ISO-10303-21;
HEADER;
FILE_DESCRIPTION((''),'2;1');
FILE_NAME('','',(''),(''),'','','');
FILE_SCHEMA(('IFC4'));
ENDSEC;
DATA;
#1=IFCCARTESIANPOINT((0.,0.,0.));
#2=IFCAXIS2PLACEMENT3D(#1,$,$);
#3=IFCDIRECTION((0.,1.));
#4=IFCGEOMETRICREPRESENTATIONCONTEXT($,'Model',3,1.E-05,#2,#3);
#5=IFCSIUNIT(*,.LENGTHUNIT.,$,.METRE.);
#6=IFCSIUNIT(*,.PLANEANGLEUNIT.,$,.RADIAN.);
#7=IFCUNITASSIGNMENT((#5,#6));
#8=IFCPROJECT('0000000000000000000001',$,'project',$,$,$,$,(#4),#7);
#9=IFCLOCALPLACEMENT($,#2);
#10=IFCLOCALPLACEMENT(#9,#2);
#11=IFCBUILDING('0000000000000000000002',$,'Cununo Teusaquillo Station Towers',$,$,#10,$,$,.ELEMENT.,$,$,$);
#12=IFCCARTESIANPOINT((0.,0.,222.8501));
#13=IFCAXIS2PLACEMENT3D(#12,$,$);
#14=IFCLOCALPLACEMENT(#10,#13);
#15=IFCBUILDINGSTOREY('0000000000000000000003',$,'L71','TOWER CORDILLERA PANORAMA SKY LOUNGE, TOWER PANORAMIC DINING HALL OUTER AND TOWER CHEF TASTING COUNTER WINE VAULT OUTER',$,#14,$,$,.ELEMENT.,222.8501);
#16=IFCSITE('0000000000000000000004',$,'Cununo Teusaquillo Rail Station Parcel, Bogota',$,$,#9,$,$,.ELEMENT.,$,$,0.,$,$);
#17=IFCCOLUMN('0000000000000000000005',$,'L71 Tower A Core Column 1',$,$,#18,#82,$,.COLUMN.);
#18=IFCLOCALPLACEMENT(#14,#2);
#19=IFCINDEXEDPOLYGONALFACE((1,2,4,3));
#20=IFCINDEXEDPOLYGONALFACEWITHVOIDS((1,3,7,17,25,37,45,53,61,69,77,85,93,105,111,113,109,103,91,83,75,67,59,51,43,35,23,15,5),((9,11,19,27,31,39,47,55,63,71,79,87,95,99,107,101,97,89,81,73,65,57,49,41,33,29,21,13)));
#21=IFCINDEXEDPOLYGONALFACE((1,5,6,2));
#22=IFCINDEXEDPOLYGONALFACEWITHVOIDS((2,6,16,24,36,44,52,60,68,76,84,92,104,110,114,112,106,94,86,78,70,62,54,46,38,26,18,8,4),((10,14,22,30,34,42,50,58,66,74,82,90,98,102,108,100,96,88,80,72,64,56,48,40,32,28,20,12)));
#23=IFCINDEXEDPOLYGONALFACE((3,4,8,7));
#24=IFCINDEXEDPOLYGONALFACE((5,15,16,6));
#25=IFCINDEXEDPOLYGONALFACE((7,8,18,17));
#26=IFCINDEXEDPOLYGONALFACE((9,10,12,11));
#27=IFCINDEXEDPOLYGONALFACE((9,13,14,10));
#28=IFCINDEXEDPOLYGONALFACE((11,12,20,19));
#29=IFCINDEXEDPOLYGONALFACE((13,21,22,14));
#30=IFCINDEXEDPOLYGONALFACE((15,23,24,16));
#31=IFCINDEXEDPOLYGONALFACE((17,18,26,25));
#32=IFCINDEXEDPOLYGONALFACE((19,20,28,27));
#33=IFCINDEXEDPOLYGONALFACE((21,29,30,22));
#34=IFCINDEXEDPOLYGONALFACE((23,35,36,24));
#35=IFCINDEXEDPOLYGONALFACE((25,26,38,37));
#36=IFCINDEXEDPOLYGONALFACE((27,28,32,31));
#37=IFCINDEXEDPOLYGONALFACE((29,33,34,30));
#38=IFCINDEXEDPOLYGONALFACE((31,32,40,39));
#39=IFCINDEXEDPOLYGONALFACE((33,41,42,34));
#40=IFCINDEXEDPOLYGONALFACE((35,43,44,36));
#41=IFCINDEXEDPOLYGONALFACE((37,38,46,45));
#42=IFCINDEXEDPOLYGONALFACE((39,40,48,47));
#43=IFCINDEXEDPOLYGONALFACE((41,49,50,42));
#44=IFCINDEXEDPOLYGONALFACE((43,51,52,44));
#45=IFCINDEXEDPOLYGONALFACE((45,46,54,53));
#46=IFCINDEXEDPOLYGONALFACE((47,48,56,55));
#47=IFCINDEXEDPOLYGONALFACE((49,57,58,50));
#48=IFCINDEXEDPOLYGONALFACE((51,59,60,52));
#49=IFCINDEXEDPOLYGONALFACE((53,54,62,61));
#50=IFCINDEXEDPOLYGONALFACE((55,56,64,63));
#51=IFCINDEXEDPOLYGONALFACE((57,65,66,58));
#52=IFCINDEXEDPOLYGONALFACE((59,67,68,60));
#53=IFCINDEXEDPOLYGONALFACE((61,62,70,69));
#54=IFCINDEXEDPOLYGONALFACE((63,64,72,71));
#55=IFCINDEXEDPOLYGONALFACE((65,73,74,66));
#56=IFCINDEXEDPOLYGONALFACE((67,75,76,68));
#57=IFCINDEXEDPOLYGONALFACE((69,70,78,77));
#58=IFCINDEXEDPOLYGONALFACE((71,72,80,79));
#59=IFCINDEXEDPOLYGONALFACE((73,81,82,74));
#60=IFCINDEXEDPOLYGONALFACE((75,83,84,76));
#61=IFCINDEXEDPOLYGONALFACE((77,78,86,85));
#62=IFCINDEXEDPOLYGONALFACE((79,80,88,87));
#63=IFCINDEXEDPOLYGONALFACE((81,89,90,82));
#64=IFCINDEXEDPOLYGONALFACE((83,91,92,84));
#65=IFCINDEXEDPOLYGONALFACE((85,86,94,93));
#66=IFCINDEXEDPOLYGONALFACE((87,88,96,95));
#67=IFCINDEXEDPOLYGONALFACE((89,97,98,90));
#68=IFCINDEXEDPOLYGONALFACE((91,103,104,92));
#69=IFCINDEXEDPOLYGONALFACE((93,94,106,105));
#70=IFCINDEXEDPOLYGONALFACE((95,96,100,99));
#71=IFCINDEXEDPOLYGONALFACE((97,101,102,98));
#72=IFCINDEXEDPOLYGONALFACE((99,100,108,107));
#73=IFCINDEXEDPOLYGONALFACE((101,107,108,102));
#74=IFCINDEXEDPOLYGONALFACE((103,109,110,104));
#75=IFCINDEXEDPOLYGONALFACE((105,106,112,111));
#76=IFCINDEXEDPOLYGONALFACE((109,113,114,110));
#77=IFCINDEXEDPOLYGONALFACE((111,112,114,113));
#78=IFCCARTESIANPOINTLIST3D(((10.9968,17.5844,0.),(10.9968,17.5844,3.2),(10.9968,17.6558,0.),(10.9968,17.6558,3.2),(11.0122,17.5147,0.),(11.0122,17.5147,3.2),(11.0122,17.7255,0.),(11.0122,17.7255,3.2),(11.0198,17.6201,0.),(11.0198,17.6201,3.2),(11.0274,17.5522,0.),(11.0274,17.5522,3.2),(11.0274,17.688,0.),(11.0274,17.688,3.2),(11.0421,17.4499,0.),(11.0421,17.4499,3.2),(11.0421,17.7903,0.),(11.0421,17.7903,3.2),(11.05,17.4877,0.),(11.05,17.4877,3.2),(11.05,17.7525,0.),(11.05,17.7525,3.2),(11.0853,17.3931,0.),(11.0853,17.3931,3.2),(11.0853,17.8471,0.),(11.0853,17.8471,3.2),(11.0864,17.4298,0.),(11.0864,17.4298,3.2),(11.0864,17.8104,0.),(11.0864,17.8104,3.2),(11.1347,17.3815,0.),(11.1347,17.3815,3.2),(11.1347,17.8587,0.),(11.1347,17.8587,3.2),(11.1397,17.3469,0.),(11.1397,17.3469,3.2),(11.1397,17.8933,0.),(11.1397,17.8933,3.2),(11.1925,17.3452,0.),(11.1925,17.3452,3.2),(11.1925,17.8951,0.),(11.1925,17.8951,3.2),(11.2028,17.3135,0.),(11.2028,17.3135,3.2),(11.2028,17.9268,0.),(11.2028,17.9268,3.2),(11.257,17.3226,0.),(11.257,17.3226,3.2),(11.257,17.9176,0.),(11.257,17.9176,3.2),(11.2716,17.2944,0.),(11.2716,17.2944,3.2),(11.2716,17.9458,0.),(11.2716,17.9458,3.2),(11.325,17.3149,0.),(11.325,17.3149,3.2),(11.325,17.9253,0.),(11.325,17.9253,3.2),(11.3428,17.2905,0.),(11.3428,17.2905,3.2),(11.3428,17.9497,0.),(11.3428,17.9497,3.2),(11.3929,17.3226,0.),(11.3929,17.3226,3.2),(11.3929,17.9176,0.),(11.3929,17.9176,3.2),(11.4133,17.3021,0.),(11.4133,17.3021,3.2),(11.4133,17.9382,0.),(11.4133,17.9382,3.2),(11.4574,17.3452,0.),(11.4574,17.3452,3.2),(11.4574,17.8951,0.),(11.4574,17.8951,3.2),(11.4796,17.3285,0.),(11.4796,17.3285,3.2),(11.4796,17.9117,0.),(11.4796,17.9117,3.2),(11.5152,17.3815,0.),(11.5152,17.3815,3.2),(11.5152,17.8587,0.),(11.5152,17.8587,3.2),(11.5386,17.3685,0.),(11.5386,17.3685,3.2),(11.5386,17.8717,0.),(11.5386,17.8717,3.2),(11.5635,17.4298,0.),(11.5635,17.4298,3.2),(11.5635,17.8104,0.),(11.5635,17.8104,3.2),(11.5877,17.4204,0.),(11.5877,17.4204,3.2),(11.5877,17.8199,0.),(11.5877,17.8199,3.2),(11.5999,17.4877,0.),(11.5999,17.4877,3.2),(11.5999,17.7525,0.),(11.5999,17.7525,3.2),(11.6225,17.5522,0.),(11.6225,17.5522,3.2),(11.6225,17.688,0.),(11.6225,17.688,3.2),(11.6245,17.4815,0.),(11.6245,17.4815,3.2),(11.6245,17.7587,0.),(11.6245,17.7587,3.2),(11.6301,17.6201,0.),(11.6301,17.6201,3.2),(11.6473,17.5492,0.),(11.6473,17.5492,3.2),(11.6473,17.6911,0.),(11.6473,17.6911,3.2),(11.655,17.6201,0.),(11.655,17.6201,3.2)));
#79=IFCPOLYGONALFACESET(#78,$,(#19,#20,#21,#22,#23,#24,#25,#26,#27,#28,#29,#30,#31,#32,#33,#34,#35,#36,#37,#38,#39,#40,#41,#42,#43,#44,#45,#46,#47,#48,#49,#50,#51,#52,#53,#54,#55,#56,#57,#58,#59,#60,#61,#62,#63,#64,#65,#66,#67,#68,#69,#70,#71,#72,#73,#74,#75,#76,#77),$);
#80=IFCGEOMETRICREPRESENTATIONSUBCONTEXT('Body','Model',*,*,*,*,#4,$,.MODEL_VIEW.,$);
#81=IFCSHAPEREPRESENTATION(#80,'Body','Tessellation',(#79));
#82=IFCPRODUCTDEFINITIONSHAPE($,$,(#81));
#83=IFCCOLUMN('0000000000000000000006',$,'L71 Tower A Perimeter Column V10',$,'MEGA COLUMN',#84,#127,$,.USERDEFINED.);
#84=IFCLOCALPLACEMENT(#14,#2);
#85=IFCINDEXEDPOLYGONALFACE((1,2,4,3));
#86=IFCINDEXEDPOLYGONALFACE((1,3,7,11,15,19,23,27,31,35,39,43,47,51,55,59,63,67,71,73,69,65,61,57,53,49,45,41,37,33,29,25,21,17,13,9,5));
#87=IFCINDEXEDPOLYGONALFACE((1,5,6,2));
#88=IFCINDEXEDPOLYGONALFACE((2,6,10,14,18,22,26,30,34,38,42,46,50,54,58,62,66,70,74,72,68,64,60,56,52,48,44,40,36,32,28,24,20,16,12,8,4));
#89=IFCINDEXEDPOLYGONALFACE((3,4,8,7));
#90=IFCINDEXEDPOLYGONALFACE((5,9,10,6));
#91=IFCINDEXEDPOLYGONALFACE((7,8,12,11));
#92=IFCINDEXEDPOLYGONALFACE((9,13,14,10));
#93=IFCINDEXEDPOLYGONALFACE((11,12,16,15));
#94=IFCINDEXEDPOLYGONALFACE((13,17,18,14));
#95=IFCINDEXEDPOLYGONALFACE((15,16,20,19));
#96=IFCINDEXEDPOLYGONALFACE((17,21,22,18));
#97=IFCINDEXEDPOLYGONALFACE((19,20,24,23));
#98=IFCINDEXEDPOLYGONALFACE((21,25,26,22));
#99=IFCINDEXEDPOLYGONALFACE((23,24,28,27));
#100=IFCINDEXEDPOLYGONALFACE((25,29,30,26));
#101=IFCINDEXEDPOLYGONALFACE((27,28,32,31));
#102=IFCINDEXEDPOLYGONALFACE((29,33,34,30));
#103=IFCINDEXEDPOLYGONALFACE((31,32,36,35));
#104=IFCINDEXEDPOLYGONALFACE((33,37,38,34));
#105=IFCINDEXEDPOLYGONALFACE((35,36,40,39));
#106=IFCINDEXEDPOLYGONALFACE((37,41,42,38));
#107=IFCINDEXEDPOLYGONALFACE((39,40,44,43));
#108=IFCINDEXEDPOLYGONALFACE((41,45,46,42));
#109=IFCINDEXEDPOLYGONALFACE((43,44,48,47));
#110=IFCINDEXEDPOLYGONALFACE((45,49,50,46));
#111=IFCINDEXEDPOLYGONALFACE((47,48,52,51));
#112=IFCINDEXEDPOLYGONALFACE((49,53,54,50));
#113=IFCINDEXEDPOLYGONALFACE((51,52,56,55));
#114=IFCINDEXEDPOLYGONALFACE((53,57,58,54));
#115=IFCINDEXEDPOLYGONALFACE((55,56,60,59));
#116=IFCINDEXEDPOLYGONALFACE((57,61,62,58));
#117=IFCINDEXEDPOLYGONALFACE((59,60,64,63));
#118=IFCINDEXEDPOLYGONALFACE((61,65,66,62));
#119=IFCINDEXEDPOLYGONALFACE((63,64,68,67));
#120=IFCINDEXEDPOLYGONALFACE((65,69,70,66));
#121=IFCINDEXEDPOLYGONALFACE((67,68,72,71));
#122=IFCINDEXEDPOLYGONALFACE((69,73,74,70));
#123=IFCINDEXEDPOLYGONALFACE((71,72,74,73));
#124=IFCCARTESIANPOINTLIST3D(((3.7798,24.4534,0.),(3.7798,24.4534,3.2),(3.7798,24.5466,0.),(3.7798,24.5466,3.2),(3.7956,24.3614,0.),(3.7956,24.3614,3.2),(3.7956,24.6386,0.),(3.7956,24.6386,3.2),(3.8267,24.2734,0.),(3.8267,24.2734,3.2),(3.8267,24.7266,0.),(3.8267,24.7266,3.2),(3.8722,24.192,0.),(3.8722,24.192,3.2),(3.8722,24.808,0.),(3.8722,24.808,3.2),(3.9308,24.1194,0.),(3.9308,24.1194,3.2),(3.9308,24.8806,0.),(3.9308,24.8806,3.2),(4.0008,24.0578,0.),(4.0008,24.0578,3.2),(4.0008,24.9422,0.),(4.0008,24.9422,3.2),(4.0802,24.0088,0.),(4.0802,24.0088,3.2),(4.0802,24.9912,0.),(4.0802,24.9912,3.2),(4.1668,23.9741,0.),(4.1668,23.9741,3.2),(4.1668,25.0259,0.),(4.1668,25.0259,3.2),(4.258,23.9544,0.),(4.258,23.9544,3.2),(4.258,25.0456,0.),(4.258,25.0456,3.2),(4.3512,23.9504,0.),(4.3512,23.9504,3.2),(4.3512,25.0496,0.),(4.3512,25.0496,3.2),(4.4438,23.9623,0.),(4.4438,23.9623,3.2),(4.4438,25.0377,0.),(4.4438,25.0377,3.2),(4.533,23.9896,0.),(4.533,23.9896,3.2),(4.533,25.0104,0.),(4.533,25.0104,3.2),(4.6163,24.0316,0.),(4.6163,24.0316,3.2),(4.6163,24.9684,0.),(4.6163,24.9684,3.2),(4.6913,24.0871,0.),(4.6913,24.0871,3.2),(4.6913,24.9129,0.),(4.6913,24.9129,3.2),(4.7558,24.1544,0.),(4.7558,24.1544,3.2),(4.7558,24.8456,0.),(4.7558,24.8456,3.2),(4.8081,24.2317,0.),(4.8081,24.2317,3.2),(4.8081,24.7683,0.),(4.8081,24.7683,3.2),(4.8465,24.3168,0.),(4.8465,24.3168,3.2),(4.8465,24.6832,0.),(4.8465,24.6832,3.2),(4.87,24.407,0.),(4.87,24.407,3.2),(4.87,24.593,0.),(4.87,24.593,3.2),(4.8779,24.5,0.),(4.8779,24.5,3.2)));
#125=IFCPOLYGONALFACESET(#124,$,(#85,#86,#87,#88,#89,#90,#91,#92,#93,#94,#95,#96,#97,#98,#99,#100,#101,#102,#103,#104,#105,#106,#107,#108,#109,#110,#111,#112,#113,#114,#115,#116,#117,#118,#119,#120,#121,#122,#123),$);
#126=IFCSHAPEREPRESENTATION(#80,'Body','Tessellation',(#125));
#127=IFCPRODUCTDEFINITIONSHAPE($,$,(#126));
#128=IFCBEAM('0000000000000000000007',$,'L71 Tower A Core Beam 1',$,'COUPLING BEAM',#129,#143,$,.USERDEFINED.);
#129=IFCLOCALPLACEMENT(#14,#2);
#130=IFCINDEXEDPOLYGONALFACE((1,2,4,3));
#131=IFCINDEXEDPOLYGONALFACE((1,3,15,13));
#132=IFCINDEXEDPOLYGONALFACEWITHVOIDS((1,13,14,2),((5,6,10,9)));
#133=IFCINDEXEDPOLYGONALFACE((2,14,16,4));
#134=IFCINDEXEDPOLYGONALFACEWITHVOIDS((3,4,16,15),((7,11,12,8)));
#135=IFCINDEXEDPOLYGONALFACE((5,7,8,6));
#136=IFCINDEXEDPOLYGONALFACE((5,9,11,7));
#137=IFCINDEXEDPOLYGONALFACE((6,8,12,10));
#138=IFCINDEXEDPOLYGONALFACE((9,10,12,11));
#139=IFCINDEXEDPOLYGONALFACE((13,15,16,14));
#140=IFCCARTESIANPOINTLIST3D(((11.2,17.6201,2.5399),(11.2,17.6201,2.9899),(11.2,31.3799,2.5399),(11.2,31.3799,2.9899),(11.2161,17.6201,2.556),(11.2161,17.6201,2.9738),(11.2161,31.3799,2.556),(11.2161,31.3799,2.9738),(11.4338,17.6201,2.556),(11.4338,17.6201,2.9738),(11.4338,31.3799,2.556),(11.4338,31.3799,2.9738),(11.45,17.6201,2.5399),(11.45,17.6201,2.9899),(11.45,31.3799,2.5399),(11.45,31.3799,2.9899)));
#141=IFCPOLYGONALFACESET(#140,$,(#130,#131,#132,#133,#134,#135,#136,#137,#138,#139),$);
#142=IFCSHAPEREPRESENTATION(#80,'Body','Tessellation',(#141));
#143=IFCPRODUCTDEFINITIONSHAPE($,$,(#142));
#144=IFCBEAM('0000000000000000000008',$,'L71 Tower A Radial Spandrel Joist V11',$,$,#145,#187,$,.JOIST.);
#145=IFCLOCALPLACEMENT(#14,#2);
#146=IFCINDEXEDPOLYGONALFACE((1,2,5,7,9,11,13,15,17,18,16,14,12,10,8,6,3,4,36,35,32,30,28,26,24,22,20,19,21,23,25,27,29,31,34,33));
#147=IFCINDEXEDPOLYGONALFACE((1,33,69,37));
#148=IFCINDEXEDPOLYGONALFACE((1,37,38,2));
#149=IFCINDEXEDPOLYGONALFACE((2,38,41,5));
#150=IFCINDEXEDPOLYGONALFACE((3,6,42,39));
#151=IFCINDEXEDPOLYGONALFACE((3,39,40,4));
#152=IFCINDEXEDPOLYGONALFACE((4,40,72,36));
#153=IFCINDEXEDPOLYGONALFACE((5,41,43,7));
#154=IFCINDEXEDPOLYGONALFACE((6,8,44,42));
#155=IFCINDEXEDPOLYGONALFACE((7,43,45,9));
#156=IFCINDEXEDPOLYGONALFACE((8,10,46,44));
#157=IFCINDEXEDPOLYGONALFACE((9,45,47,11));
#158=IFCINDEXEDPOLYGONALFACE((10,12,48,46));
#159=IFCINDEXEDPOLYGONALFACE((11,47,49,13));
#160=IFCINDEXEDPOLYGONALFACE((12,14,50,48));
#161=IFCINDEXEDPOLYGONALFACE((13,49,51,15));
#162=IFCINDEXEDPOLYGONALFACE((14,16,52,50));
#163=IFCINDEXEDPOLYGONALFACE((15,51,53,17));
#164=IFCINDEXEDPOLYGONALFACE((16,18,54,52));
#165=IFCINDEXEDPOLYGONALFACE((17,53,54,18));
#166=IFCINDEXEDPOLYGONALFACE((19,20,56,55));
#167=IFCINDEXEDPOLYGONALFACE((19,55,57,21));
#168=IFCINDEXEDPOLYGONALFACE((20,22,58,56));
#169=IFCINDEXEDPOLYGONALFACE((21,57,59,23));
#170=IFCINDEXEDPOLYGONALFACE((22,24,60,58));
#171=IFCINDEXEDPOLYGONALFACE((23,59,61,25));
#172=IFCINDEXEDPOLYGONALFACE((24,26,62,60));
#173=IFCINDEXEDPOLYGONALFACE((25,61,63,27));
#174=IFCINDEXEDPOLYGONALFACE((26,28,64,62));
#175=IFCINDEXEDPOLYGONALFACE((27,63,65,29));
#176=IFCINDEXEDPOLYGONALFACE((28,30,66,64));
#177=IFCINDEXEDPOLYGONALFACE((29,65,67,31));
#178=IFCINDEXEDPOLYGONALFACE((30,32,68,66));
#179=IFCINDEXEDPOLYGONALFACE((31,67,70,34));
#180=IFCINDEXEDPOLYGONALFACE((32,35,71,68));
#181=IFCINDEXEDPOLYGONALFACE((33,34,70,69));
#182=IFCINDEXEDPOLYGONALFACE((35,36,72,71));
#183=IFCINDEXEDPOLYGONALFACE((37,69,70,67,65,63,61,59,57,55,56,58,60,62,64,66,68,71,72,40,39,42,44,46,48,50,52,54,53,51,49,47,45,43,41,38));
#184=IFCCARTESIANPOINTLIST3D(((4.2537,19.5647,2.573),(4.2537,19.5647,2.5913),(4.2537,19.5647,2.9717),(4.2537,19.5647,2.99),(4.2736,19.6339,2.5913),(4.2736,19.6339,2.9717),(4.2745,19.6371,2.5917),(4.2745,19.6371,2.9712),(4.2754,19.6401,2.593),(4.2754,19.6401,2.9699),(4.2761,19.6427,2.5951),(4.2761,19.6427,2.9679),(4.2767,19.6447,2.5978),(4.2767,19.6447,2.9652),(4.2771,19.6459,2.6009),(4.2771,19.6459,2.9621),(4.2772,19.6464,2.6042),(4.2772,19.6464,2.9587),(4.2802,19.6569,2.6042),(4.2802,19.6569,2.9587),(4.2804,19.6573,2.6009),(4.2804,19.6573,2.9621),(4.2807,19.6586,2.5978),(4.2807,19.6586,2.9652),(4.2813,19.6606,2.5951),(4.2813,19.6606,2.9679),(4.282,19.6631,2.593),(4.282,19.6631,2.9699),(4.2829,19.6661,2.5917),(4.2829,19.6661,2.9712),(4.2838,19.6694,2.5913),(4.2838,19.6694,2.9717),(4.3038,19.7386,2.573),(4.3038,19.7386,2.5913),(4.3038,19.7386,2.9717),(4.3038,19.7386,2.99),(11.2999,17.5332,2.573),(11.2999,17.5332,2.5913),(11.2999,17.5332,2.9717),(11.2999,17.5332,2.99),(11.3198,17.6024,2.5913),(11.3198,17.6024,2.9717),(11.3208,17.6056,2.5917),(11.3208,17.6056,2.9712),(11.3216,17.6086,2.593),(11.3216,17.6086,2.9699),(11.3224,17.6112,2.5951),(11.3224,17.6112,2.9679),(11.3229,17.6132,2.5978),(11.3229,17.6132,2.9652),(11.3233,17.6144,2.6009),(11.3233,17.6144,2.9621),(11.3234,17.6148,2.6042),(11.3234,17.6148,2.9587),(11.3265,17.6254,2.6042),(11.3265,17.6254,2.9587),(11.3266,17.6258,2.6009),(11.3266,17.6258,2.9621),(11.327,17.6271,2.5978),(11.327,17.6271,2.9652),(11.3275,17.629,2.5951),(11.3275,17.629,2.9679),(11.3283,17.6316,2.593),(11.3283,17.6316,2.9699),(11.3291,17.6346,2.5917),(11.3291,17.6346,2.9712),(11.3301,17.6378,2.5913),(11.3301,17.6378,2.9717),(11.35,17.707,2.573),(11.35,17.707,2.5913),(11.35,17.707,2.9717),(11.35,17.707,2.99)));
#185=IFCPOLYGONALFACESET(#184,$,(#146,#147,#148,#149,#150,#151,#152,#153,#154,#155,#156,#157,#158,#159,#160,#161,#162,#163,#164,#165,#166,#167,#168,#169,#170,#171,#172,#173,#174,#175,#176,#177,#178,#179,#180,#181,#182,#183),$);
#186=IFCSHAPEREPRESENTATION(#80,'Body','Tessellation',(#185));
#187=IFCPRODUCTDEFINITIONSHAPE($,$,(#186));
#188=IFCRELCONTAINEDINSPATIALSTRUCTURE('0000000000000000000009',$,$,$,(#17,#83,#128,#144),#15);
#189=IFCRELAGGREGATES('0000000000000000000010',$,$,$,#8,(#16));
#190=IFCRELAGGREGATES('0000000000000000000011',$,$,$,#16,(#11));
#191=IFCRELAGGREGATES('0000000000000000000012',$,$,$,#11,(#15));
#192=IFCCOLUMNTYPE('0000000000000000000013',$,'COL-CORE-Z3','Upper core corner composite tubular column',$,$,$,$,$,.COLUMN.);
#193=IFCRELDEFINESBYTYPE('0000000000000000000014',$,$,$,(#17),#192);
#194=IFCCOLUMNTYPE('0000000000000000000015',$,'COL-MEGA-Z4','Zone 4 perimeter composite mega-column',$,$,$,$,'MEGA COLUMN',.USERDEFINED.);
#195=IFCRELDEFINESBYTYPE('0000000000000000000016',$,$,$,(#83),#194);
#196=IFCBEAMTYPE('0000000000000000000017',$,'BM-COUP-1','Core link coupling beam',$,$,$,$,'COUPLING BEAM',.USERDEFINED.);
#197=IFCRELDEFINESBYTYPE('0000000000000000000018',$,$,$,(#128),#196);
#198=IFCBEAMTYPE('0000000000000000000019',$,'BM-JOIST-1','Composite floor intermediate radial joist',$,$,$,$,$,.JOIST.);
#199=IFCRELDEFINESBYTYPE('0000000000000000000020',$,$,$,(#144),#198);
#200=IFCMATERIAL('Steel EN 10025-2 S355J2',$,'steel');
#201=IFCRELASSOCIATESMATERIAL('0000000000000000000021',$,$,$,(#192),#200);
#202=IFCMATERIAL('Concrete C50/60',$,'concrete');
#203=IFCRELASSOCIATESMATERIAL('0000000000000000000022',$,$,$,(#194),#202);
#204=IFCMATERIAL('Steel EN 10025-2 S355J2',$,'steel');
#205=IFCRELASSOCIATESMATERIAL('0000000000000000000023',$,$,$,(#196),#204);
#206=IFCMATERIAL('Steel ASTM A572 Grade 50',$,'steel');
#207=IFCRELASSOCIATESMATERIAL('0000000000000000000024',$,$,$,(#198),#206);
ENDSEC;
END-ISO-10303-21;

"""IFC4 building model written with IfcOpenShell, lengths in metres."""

from ifc_helpers import new_model, si_unit, direction, frame, origin, origin_2d, place, context, subcontext, project, spatial, hollow_rectangle, circle, hollow_circle, i_section, extrude, material, material_profile, profile_set, type_object, element, save


model = new_model("IFC4")

# Units and contexts
model_context = context("Model", 3, precision=1e-05, world=origin(), true_north=direction((0.0, 1.0)))
body_context = subcontext(model_context, "Body", "Model", "MODEL_VIEW")
ifc_project = project(units=[si_unit("LENGTHUNIT", "METRE"), si_unit("PLANEANGLEUNIT", "RADIAN")], contexts=[model_context])

# Site, building, storey
site_placement = place(None, origin())
site = spatial("IfcSite", under=ifc_project, at=site_placement, Name="Cununo Teusaquillo Rail Station Parcel, Bogota", CompositionType="ELEMENT", RefElevation=0.0)
building_placement = place(site_placement, origin())
building = spatial("IfcBuilding", under=site, at=building_placement, Name="Cununo Teusaquillo Station Towers", CompositionType="ELEMENT")
storey_placement = place(building_placement, frame((0.0, 0.0, 222.8501)))
storey = spatial("IfcBuildingStorey", under=building, at=storey_placement, Name="L71", Description="TOWER CORDILLERA PANORAMA SKY LOUNGE, TOWER PANORAMIC DINING HALL OUTER AND TOWER CHEF TASTING COUNTER WINE VAULT OUTER", CompositionType="ELEMENT", Elevation=222.8501)

# Columns
ifc_material_1 = material(Name="Steel EN 10025-2 S355J2", Category="steel")
ifc_material_profile_1 = material_profile(ifc_material_1, hollow_circle(Radius=0.3301, WallThickness=0.0249, at=origin_2d()), Name="CHS 660x25")
ifc_profile_set_1 = profile_set([ifc_material_profile_1], Name="Steel EN 10025-2 S355J2")
column_type_1 = type_object("IfcColumnType", Name="COL-CORE-Z3", Description="Upper core corner composite tubular column", PredefinedType="COLUMN", material=ifc_profile_set_1)
column_1_placement = place(storey_placement, frame((11.325, 17.6201, 0.0), z_axis=(0.0, 0.0, 1.0), x_axis=(1.0, 0.0, 0.0)))
element("IfcColumn", 1, at=column_1_placement, inside=storey, type_object=column_type_1, Name="L71 Tower A Core Column 1", PredefinedType="COLUMN", context=body_context, shape_type="SweptSolid", body=[
    extrude(hollow_circle(Radius=0.3301, WallThickness=0.0249, at=origin_2d()), origin(), (0.0, 0.0, 1.0), 3.2),
])
ifc_material_2 = material(Name="Concrete C50/60", Category="concrete")
ifc_material_profile_2 = material_profile(ifc_material_2, circle(Radius=0.55, at=origin_2d()), Name="RC-CIRC-1100")
ifc_profile_set_2 = profile_set([ifc_material_profile_2], Name="Concrete C50/60")
column_type_2 = type_object("IfcColumnType", Name="COL-MEGA-Z4", Description="Zone 4 perimeter composite mega-column", ElementType="MEGA COLUMN", PredefinedType="USERDEFINED", material=ifc_profile_set_2)
column_2_placement = place(storey_placement, frame((4.3279, 24.5, 0.0), z_axis=(0.0, 0.0, 1.0), x_axis=(1.0, 0.0, 0.0)))
element("IfcColumn", 2, at=column_2_placement, inside=storey, type_object=column_type_2, Name="L71 Tower A Perimeter Column V10", ObjectType="MEGA COLUMN", PredefinedType="USERDEFINED", context=body_context, shape_type="SweptSolid", body=[
    extrude(circle(Radius=0.55, at=origin_2d()), origin(), (0.0, 0.0, 1.0), 3.2),
])

# Beams
ifc_material_3 = material(Name="Steel EN 10025-2 S355J2", Category="steel")
ifc_material_profile_3 = material_profile(ifc_material_3, hollow_rectangle(XDim=0.25, YDim=0.45, WallThickness=0.0161, at=origin_2d()), Name="RHS 450x250x16")
ifc_profile_set_3 = profile_set([ifc_material_profile_3], Name="Steel EN 10025-2 S355J2")
beam_type_1 = type_object("IfcBeamType", Name="BM-COUP-1", Description="Core link coupling beam", ElementType="COUPLING BEAM", PredefinedType="USERDEFINED", material=ifc_profile_set_3)
beam_1_placement = place(storey_placement, frame((11.325, 17.6201, 2.7649), z_axis=(0.0, 1.0, 0.0), x_axis=(-1.0, 0.0, 0.0)))
element("IfcBeam", 3, at=beam_1_placement, inside=storey, type_object=beam_type_1, Name="L71 Tower A Core Beam 1", ObjectType="COUPLING BEAM", PredefinedType="USERDEFINED", context=body_context, shape_type="SweptSolid", body=[
    extrude(hollow_rectangle(XDim=0.25, YDim=0.45, WallThickness=0.0161, at=origin_2d()), origin(), (0.0, 0.0, 1.0), 13.7598),
])
ifc_material_4 = material(Name="Steel ASTM A572 Grade 50", Category="steel")
ifc_material_profile_4 = material_profile(ifc_material_4, i_section(OverallWidth=0.1809, OverallDepth=0.417, WebThickness=0.011, FlangeThickness=0.0183, FilletRadius=0.0129, at=origin_2d()), Name="W16X57")
ifc_profile_set_4 = profile_set([ifc_material_profile_4], Name="Steel ASTM A572 Grade 50")
beam_type_2 = type_object("IfcBeamType", Name="BM-JOIST-1", Description="Composite floor intermediate radial joist", PredefinedType="JOIST", material=ifc_profile_set_4)
beam_2_placement = place(storey_placement, frame((11.325, 17.6201, 2.7815), z_axis=(-0.960862, 0.277029, 0.0), x_axis=(-0.277029, -0.960862, 0.0)))
element("IfcBeam", 4, at=beam_2_placement, inside=storey, type_object=beam_type_2, Name="L71 Tower A Radial Spandrel Joist V11", PredefinedType="JOIST", context=body_context, shape_type="SweptSolid", body=[
    extrude(i_section(OverallWidth=0.1809, OverallDepth=0.417, WebThickness=0.011, FlangeThickness=0.0183, FilletRadius=0.0129, at=origin_2d()), origin(), (0.0, 0.0, 1.0), 7.3333),
])

save(model, "model.ifc")
